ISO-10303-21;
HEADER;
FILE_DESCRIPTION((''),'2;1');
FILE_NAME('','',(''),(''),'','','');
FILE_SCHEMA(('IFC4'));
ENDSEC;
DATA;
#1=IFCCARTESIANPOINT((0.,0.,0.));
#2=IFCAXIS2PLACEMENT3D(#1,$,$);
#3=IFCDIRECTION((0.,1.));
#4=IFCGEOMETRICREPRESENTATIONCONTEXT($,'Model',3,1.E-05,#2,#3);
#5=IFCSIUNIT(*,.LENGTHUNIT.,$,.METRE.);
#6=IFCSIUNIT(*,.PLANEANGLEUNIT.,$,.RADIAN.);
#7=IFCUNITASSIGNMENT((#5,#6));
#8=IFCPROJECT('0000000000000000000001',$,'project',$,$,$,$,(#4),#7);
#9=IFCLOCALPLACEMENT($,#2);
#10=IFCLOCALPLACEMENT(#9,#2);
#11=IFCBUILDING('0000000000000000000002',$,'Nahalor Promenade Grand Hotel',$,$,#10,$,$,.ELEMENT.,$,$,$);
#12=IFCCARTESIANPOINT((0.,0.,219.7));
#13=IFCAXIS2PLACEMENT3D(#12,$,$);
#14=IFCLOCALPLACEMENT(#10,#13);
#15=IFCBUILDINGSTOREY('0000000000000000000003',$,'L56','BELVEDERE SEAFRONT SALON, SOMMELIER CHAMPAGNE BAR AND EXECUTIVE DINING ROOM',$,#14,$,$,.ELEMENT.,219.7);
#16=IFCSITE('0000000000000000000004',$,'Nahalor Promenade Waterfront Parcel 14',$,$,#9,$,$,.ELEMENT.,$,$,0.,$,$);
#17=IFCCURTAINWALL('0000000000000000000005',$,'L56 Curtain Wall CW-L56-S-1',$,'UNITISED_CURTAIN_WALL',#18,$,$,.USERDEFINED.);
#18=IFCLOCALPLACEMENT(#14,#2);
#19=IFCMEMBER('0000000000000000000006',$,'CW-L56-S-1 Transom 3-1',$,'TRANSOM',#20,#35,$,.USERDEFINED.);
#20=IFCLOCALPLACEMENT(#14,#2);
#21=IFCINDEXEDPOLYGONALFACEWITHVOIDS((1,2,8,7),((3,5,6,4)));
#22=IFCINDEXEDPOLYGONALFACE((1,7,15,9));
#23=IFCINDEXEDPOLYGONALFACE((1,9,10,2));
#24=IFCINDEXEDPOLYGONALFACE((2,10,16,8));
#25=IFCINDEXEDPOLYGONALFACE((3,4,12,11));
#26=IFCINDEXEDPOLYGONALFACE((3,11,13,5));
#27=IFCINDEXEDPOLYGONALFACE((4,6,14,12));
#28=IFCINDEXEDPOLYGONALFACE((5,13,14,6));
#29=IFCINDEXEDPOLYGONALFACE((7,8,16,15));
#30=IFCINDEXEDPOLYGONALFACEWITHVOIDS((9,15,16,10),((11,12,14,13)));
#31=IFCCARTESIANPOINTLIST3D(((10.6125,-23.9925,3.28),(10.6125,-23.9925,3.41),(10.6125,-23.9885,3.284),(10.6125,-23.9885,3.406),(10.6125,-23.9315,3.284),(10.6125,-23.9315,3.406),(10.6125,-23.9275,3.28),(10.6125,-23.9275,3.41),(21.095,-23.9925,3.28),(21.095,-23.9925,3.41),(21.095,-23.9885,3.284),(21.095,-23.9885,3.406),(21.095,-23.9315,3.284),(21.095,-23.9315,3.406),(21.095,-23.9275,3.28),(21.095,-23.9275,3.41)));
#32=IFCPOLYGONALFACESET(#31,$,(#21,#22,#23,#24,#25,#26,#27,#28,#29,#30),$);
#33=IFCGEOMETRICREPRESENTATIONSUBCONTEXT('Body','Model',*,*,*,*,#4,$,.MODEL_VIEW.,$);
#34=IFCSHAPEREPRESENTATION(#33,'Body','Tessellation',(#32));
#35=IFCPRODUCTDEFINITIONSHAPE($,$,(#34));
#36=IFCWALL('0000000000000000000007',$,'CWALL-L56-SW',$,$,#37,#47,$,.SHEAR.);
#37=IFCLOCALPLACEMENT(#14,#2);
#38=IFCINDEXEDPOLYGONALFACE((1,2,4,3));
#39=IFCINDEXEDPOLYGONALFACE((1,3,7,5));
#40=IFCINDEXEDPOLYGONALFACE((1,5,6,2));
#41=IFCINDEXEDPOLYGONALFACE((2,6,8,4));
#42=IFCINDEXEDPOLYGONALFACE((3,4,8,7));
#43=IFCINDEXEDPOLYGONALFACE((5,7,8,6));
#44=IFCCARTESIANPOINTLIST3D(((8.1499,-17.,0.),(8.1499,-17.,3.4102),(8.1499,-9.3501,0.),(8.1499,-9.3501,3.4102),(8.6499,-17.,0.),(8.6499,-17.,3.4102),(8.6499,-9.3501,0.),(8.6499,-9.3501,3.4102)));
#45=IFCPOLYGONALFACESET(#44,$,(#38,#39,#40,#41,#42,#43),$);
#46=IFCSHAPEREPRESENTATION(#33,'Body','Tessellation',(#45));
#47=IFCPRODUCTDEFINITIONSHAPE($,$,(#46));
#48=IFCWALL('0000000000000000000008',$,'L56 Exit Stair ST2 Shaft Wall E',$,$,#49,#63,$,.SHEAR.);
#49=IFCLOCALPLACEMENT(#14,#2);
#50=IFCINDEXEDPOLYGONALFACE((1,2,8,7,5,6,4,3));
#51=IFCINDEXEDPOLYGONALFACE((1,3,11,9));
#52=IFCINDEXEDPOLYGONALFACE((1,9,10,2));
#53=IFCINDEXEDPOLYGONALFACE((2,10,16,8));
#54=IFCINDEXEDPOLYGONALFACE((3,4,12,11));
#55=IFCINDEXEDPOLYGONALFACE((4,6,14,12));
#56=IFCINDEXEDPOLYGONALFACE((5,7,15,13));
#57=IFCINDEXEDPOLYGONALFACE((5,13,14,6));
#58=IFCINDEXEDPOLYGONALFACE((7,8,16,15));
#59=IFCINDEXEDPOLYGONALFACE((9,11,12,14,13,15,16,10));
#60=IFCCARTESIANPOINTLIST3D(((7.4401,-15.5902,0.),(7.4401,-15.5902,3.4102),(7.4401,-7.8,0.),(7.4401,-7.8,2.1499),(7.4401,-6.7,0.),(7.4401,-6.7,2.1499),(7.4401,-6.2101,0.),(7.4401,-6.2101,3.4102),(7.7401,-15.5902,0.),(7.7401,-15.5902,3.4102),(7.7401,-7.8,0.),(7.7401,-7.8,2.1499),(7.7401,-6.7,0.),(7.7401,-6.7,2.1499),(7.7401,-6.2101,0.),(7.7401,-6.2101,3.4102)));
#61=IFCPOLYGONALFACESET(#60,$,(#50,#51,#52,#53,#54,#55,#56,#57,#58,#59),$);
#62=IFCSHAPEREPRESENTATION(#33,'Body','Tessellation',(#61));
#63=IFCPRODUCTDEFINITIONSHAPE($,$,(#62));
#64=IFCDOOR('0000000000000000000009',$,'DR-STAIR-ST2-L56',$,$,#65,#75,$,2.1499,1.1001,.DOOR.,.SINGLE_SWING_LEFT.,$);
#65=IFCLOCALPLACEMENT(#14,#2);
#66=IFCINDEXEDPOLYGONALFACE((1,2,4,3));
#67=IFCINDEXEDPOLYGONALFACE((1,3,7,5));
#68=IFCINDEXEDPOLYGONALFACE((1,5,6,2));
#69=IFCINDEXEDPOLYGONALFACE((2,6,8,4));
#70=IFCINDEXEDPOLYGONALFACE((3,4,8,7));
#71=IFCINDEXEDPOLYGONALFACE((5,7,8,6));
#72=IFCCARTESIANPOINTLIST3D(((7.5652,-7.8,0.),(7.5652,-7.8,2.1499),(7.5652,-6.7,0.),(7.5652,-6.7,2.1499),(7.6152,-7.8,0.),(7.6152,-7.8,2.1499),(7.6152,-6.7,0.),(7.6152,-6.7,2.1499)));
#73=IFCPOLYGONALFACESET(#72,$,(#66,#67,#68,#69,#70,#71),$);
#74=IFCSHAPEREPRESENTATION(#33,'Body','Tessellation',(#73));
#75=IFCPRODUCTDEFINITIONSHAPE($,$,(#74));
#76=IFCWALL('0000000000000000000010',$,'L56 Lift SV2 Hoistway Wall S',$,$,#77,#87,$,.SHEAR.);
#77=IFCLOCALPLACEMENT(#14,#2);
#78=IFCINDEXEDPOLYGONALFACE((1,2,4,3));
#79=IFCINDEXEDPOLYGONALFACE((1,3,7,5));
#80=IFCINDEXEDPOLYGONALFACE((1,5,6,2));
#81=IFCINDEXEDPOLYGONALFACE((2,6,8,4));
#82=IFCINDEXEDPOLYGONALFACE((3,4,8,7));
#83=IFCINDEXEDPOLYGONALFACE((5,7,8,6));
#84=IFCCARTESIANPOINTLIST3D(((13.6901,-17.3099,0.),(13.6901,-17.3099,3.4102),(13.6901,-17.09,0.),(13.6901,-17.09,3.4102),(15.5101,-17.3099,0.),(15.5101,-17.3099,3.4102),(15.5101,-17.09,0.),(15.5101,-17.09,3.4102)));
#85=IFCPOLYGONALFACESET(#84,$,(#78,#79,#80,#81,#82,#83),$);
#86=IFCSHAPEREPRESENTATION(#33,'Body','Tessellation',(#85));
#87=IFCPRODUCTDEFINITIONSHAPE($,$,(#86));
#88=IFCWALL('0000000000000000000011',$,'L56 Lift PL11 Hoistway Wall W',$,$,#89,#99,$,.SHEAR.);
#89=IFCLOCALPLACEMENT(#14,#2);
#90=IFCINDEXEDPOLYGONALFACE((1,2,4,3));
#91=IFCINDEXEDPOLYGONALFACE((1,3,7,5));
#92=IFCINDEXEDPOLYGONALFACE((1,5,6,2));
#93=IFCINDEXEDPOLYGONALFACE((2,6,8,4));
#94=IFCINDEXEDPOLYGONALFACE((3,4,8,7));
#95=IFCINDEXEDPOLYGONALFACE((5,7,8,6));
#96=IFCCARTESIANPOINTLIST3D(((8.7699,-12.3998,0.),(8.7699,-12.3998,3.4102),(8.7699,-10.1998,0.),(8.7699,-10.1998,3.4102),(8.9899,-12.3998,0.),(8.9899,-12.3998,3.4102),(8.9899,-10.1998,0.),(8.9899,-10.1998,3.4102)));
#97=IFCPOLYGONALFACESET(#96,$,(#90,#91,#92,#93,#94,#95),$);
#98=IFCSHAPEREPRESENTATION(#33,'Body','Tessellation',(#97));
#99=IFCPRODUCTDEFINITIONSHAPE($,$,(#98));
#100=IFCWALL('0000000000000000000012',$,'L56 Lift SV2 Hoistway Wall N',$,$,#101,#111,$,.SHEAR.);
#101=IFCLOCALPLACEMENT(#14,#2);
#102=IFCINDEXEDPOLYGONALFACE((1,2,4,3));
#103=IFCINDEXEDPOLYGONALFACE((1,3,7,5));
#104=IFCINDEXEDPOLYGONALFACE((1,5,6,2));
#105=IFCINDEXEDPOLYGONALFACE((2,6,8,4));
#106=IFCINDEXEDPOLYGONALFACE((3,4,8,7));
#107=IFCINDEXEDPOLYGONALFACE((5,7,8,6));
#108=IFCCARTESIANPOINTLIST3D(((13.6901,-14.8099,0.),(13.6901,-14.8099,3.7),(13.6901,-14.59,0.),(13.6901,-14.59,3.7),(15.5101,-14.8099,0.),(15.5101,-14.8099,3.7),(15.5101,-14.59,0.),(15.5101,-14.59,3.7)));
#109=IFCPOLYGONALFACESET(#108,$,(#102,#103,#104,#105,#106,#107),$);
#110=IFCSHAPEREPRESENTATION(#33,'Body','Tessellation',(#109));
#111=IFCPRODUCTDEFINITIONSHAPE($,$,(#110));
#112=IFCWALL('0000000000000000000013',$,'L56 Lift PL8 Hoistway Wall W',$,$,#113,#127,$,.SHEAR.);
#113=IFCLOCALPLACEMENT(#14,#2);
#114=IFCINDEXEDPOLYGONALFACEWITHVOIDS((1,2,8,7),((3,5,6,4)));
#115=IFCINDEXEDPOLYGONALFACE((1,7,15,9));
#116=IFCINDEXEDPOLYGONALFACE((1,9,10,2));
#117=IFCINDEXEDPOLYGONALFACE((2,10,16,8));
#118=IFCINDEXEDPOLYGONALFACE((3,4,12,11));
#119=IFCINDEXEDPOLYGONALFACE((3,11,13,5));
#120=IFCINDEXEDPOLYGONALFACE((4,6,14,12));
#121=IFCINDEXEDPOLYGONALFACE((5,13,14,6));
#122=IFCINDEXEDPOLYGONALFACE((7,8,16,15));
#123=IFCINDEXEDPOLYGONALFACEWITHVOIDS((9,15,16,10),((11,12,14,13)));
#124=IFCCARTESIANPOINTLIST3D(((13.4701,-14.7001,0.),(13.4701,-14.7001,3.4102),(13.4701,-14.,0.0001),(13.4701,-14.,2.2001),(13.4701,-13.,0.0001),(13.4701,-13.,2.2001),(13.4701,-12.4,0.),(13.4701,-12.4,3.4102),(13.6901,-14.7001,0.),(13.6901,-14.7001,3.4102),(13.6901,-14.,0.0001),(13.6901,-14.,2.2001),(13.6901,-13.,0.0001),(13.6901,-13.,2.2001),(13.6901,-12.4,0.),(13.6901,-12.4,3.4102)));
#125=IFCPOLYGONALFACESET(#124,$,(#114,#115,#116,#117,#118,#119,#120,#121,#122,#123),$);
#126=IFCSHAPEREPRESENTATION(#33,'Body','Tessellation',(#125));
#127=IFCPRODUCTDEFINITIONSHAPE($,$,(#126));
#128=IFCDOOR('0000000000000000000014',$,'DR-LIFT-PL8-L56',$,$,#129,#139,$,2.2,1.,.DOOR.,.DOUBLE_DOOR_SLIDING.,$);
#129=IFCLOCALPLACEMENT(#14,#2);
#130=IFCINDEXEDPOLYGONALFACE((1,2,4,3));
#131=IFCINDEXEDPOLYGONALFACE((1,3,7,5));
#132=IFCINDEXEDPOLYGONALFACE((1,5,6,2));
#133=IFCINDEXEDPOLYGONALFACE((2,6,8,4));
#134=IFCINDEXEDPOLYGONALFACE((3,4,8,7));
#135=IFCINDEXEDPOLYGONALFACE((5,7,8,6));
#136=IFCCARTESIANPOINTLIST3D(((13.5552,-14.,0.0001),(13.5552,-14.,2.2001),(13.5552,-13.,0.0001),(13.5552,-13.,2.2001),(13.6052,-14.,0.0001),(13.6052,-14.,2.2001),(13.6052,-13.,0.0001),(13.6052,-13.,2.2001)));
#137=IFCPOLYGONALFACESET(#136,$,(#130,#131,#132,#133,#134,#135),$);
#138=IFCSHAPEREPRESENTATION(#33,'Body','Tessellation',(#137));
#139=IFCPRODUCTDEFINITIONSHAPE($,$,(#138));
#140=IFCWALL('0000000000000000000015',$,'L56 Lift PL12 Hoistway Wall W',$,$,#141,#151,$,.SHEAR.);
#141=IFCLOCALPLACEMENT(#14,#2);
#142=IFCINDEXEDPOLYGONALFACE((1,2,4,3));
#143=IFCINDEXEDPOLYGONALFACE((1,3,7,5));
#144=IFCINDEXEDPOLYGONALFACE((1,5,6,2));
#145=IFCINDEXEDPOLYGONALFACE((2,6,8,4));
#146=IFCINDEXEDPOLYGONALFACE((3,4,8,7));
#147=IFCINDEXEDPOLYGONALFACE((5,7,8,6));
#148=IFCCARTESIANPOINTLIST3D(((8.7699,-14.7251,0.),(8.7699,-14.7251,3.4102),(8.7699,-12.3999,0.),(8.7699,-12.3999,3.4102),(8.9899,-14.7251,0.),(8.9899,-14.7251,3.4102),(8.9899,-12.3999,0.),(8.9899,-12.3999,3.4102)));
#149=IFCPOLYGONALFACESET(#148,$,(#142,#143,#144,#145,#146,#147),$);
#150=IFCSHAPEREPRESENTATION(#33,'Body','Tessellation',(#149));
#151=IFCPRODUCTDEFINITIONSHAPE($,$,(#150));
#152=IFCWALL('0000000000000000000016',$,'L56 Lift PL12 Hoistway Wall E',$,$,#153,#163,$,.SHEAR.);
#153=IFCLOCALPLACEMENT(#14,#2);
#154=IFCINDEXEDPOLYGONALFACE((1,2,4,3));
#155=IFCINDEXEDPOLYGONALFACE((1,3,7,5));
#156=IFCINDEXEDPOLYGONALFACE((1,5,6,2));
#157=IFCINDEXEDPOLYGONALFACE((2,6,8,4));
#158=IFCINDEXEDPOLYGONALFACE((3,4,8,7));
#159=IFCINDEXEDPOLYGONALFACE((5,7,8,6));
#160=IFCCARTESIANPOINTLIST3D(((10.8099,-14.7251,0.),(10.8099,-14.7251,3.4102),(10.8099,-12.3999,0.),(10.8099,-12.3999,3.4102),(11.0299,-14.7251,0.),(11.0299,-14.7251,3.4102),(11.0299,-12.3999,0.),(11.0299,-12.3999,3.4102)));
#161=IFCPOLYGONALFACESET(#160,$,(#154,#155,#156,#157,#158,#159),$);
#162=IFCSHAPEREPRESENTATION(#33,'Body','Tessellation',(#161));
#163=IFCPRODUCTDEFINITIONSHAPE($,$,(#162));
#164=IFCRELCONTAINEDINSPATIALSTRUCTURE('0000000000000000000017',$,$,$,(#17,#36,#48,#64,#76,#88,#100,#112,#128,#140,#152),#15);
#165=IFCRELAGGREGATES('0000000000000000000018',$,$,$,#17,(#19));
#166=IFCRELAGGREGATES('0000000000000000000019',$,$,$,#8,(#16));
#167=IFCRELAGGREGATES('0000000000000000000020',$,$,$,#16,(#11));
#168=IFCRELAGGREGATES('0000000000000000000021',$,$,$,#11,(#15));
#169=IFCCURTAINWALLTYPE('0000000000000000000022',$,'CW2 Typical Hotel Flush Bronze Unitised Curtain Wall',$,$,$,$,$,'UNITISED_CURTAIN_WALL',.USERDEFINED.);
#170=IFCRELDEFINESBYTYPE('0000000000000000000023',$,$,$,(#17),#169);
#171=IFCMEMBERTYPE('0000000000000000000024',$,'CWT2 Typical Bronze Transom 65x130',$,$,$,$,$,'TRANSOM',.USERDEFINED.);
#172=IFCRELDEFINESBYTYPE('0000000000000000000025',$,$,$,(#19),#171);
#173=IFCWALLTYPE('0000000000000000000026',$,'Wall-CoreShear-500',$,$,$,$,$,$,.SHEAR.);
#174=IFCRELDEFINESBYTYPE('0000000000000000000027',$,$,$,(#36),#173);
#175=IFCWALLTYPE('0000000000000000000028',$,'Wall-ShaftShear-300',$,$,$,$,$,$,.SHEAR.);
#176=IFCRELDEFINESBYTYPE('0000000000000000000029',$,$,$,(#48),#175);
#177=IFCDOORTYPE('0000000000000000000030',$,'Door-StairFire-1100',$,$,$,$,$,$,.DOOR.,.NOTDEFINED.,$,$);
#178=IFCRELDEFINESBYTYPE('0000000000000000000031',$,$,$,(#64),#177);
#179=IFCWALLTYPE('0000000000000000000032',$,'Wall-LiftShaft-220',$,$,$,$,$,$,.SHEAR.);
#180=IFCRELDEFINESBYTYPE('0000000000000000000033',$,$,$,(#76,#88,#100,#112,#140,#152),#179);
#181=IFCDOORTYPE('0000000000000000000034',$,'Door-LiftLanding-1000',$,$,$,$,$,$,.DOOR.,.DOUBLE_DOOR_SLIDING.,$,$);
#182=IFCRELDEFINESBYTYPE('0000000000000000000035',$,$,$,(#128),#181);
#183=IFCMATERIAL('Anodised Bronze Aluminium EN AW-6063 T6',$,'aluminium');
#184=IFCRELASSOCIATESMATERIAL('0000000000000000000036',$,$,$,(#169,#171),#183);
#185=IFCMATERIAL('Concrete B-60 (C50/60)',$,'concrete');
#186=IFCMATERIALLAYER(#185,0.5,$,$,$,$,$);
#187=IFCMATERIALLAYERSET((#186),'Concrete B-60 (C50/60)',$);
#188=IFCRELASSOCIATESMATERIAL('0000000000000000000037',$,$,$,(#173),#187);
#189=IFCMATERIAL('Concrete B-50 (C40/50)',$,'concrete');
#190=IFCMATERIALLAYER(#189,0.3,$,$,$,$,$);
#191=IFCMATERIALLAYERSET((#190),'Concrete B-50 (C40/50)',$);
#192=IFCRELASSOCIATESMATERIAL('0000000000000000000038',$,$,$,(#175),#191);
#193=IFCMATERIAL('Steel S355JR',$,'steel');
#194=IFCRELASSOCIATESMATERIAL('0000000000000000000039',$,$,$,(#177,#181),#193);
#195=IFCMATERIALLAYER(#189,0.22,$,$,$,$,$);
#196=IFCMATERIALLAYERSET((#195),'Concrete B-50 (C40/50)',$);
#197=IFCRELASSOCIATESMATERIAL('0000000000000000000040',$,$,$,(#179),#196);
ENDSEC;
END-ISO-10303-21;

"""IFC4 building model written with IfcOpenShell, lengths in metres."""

from ifc_helpers import new_model, si_unit, direction, frame, frame_2d, origin, origin_2d, place, context, subcontext, project, spatial, rectangle, hollow_rectangle, extrude, source, transform, mapped, material, layer, layer_set, material_profile, profile_set, type_object, element, fill, aggregate, save


model = new_model("IFC4")

# Units and contexts
model_context = context("Model", 3, precision=1e-05, world=origin(), true_north=direction((0.0, 1.0)))
body_context = subcontext(model_context, "Body", "Model", "MODEL_VIEW")
ifc_project = project(units=[si_unit("LENGTHUNIT", "METRE"), si_unit("PLANEANGLEUNIT", "RADIAN")], contexts=[model_context])

# Site, building, storey
site_placement = place(None, origin())
site = spatial("IfcSite", under=ifc_project, at=site_placement, Name="Nahalor Promenade Waterfront Parcel 14", CompositionType="ELEMENT", RefElevation=0.0)
building_placement = place(site_placement, origin())
building = spatial("IfcBuilding", under=site, at=building_placement, Name="Nahalor Promenade Grand Hotel", CompositionType="ELEMENT")
storey_placement = place(building_placement, frame((0.0, 0.0, 219.7)))
storey = spatial("IfcBuildingStorey", under=building, at=storey_placement, Name="L56", Description="BELVEDERE SEAFRONT SALON, SOMMELIER CHAMPAGNE BAR AND EXECUTIVE DINING ROOM", CompositionType="ELEMENT", Elevation=219.7)

# Shared definitions
ifc_material_1 = material(Name="Concrete B-60 (C50/60)", Category="concrete")
ifc_material_2 = material(Name="Steel S355JR", Category="steel")

# Curtain wall, member
ifc_material_3 = material(Name="Anodised Bronze Aluminium EN AW-6063 T6", Category="aluminium")
curtain_wall_type = type_object("IfcCurtainWallType", Name="CW2 Typical Hotel Flush Bronze Unitised Curtain Wall", ElementType="UNITISED_CURTAIN_WALL", PredefinedType="USERDEFINED", material=ifc_material_3)
curtain_wall_placement = place(storey_placement, origin())
curtain_wall = element("IfcCurtainWall", 1, at=curtain_wall_placement, inside=storey, type_object=curtain_wall_type, Name="L56 Curtain Wall CW-L56-S-1", ObjectType="UNITISED_CURTAIN_WALL", PredefinedType="USERDEFINED")
ifc_material_profile_1 = material_profile(ifc_material_3, hollow_rectangle(XDim=0.065, YDim=0.13, WallThickness=0.004, at=origin_2d()), Name="CWT 65x130x4")
ifc_profile_set_1 = profile_set([ifc_material_profile_1], Name="Anodised Bronze Aluminium EN AW-6063 T6")
member_type_1 = type_object("IfcMemberType", Name="CWT2 Typical Bronze Transom 65x130", ElementType="TRANSOM", PredefinedType="USERDEFINED", material=ifc_profile_set_1)
shared_shape_1 = source(origin(), body_context, "Body", "SweptSolid", [
    extrude(hollow_rectangle(XDim=0.065, YDim=0.13, WallThickness=0.004, at=origin_2d()), origin(), (0.0, 0.0, 1.0), 10.4824),
])
member_1_placement = place(storey_placement, frame((10.6125, -23.96, 3.345), z_axis=(1.0, 0.0, 0.0), x_axis=(0.0, 1.0, 0.0)))
member_1 = element("IfcMember", 2, at=member_1_placement, type_object=member_type_1, Name="CW-L56-S-1 Transom 3-1", ObjectType="TRANSOM", PredefinedType="USERDEFINED", context=body_context, shape_type="MappedRepresentation", body=[
    mapped(shared_shape_1, transform((0.0, 0.0, 0.0), scale=1.0)),
])
aggregate(curtain_wall, [member_1])

# Wall
ifc_layer_1 = layer(ifc_material_1, 0.5)
ifc_layer_set_1 = layer_set([ifc_layer_1], Name="Concrete B-60 (C50/60)")
wall_type_1 = type_object("IfcWallType", Name="Wall-CoreShear-500", PredefinedType="SHEAR", material=ifc_layer_set_1)
shared_shape_2 = source(origin(), body_context, "Body", "SweptSolid", [
    extrude(rectangle(XDim=7.6499, YDim=0.5, at=frame_2d((3.825, 0.0))), origin(), (0.0, 0.0, 1.0), 3.4102),
])
wall_1_placement = place(storey_placement, frame((8.3999, -17.0, 0.0), z_axis=(0.0, 0.0, 1.0), x_axis=(0.0, 1.0, 0.0)))
element("IfcWall", 3, at=wall_1_placement, inside=storey, type_object=wall_type_1, Name="CWALL-L56-SW", PredefinedType="SHEAR", context=body_context, shape_type="MappedRepresentation", body=[
    mapped(shared_shape_2, transform((0.0, 0.0, 0.0), scale=1.0)),
])

# Wall, opening, door
ifc_material_4 = material(Name="Concrete B-50 (C40/50)", Category="concrete")
ifc_layer_2 = layer(ifc_material_4, 0.3)
ifc_layer_set_2 = layer_set([ifc_layer_2], Name="Concrete B-50 (C40/50)")
wall_type_2 = type_object("IfcWallType", Name="Wall-ShaftShear-300", PredefinedType="SHEAR", material=ifc_layer_set_2)
shared_shape_3 = source(origin(), body_context, "Body", "SweptSolid", [
    extrude(rectangle(XDim=9.3801, YDim=0.3, at=frame_2d((4.6899, 0.0))), origin(), (0.0, 0.0, 1.0), 3.4102),
])
wall_2_placement = place(storey_placement, frame((7.5901, -15.5901, 0.0), z_axis=(0.0, 0.0, 1.0), x_axis=(0.0, 1.0, 0.0)))
wall_2 = element("IfcWall", 4, at=wall_2_placement, inside=storey, type_object=wall_type_2, Name="L56 Exit Stair ST2 Shaft Wall E", PredefinedType="SHEAR", context=body_context, shape_type="MappedRepresentation", body=[
    mapped(shared_shape_3, transform((0.0, 0.0, 0.0), scale=1.0)),
])
opening_1_placement = place(wall_2_placement, frame((7.79, 0.0, 0.0)))
opening_1 = element("IfcOpeningElement", 5, at=opening_1_placement, cuts=wall_2, PredefinedType="OPENING", context=body_context, shape_type="SweptSolid", body=[
    extrude(rectangle(XDim=1.1001, YDim=2.1499, at=frame_2d((0.55, 1.075))), frame((0.0, 0.1599, 0.0), z_axis=(0.0, -1.0, 0.0), x_axis=(1.0, 0.0, 0.0)), (0.0, 0.0, 1.0), 0.3201),
])
door_type_1 = type_object("IfcDoorType", Name="Door-StairFire-1100", OperationType="NOTDEFINED", PredefinedType="DOOR", material=ifc_material_2)
shared_shape_4 = source(origin(), body_context, "Body", "SweptSolid", [
    extrude(rectangle(XDim=1.1001, YDim=2.1499, at=frame_2d((0.55, 1.075))), frame((0.0, 0.0249, 0.0), z_axis=(0.0, -1.0, 0.0), x_axis=(1.0, 0.0, 0.0)), (0.0, 0.0, 1.0), 0.05),
])
door_1_placement = place(opening_1_placement, origin())
door_1 = element("IfcDoor", 6, at=door_1_placement, inside=storey, type_object=door_type_1, Name="DR-STAIR-ST2-L56", OperationType="SINGLE_SWING_LEFT", OverallHeight=2.1499, OverallWidth=1.1001, PredefinedType="DOOR", context=body_context, shape_type="MappedRepresentation", body=[
    mapped(shared_shape_4, transform((0.0, 0.0, 0.0), scale=1.0)),
])
fill(opening_1, door_1)

# Walls
ifc_layer_3 = layer(ifc_material_4, 0.22)
ifc_layer_set_3 = layer_set([ifc_layer_3], Name="Concrete B-50 (C40/50)")
wall_type_3 = type_object("IfcWallType", Name="Wall-LiftShaft-220", PredefinedType="SHEAR", material=ifc_layer_set_3)
shared_shape_5 = source(origin(), body_context, "Body", "SweptSolid", [
    extrude(rectangle(XDim=1.8201, YDim=0.22, at=frame_2d((0.9102, 0.0))), origin(), (0.0, 0.0, 1.0), 3.4102),
])
wall_3_placement = place(storey_placement, frame((13.6899, -17.2, 0.0), z_axis=(0.0, 0.0, 1.0), x_axis=(1.0, 0.0, 0.0)))
element("IfcWall", 7, at=wall_3_placement, inside=storey, type_object=wall_type_3, Name="L56 Lift SV2 Hoistway Wall S", PredefinedType="SHEAR", context=body_context, shape_type="MappedRepresentation", body=[
    mapped(shared_shape_5, transform((0.0, 0.0, 0.0), scale=1.0)),
])
shared_shape_6 = source(origin(), body_context, "Body", "SweptSolid", [
    extrude(rectangle(XDim=2.2, YDim=0.22, at=frame_2d((1.1001, 0.0))), origin(), (0.0, 0.0, 1.0), 3.4102),
])
wall_4_placement = place(storey_placement, frame((8.8799, -12.3999, 0.0), z_axis=(0.0, 0.0, 1.0), x_axis=(0.0, 1.0, 0.0)))
element("IfcWall", 8, at=wall_4_placement, inside=storey, type_object=wall_type_3, Name="L56 Lift PL11 Hoistway Wall W", PredefinedType="SHEAR", context=body_context, shape_type="MappedRepresentation", body=[
    mapped(shared_shape_6, transform((0.0, 0.0, 0.0), scale=1.0)),
])
shared_shape_7 = source(origin(), body_context, "Body", "SweptSolid", [
    extrude(rectangle(XDim=1.8201, YDim=0.22, at=frame_2d((0.9102, 0.0))), origin(), (0.0, 0.0, 1.0), 3.7),
])
wall_5_placement = place(storey_placement, frame((13.6899, -14.7, 0.0), z_axis=(0.0, 0.0, 1.0), x_axis=(1.0, 0.0, 0.0)))
element("IfcWall", 9, at=wall_5_placement, inside=storey, type_object=wall_type_3, Name="L56 Lift SV2 Hoistway Wall N", PredefinedType="SHEAR", context=body_context, shape_type="MappedRepresentation", body=[
    mapped(shared_shape_7, transform((0.0, 0.0, 0.0), scale=1.0)),
])

# Wall, opening, door
shared_shape_8 = source(origin(), body_context, "Body", "SweptSolid", [
    extrude(rectangle(XDim=2.3, YDim=0.22, at=frame_2d((1.1499, 0.0))), origin(), (0.0, 0.0, 1.0), 3.4102),
])
wall_6_placement = place(storey_placement, frame((13.5801, -14.7, 0.0), z_axis=(0.0, 0.0, 1.0), x_axis=(0.0, 1.0, 0.0)))
wall_6 = element("IfcWall", 10, at=wall_6_placement, inside=storey, type_object=wall_type_3, Name="L56 Lift PL8 Hoistway Wall W", PredefinedType="SHEAR", context=body_context, shape_type="MappedRepresentation", body=[
    mapped(shared_shape_8, transform((0.0, 0.0, 0.0), scale=1.0)),
])
opening_2_placement = place(wall_6_placement, frame((0.7, 0.0, 0.0)))
opening_2 = element("IfcOpeningElement", 11, at=opening_2_placement, cuts=wall_6, PredefinedType="OPENING", context=body_context, shape_type="SweptSolid", body=[
    extrude(rectangle(XDim=1.0, YDim=2.2, at=frame_2d((0.5, 1.1001))), frame((0.0, 0.1199, 0.0), z_axis=(0.0, -1.0, 0.0), x_axis=(1.0, 0.0, 0.0)), (0.0, 0.0, 1.0), 0.24),
])
door_type_2 = type_object("IfcDoorType", Name="Door-LiftLanding-1000", OperationType="DOUBLE_DOOR_SLIDING", PredefinedType="DOOR", material=ifc_material_2)
shared_shape_9 = source(origin(), body_context, "Body", "SweptSolid", [
    extrude(rectangle(XDim=1.0, YDim=2.2, at=frame_2d((0.5, 1.1001))), frame((0.0, 0.0249, 0.0), z_axis=(0.0, -1.0, 0.0), x_axis=(1.0, 0.0, 0.0)), (0.0, 0.0, 1.0), 0.05),
])
door_2_placement = place(opening_2_placement, origin())
door_2 = element("IfcDoor", 12, at=door_2_placement, inside=storey, type_object=door_type_2, Name="DR-LIFT-PL8-L56", OperationType="DOUBLE_DOOR_SLIDING", OverallHeight=2.2, OverallWidth=1.0, PredefinedType="DOOR", context=body_context, shape_type="MappedRepresentation", body=[
    mapped(shared_shape_9, transform((0.0, 0.0, 0.0), scale=1.0)),
])
fill(opening_2, door_2)

# Walls
shared_shape_10 = source(origin(), body_context, "Body", "SweptSolid", [
    extrude(rectangle(XDim=2.3252, YDim=0.22, at=frame_2d((1.1626, 0.0))), origin(), (0.0, 0.0, 1.0), 3.4102),
])
for number, where, z_axis, x_axis, name in (
    (13, (8.8799, -14.7251, 0.0), (0.0, 0.0, 1.0), (0.0, 1.0, 0.0), "L56 Lift PL12 Hoistway Wall W"),
    (14, (10.9199, -14.7251, 0.0), (0.0, 0.0, 1.0), (0.0, 1.0, 0.0), "L56 Lift PL12 Hoistway Wall E"),
):
    element("IfcWall", number, at=place(storey_placement, frame(where, z_axis=z_axis, x_axis=x_axis)), inside=storey, type_object=wall_type_3, Name=name, PredefinedType="SHEAR", context=body_context, shape_type="MappedRepresentation", body=[
        mapped(shared_shape_10, transform((0.0, 0.0, 0.0), scale=1.0)),
    ])

save(model, "model.ifc")
